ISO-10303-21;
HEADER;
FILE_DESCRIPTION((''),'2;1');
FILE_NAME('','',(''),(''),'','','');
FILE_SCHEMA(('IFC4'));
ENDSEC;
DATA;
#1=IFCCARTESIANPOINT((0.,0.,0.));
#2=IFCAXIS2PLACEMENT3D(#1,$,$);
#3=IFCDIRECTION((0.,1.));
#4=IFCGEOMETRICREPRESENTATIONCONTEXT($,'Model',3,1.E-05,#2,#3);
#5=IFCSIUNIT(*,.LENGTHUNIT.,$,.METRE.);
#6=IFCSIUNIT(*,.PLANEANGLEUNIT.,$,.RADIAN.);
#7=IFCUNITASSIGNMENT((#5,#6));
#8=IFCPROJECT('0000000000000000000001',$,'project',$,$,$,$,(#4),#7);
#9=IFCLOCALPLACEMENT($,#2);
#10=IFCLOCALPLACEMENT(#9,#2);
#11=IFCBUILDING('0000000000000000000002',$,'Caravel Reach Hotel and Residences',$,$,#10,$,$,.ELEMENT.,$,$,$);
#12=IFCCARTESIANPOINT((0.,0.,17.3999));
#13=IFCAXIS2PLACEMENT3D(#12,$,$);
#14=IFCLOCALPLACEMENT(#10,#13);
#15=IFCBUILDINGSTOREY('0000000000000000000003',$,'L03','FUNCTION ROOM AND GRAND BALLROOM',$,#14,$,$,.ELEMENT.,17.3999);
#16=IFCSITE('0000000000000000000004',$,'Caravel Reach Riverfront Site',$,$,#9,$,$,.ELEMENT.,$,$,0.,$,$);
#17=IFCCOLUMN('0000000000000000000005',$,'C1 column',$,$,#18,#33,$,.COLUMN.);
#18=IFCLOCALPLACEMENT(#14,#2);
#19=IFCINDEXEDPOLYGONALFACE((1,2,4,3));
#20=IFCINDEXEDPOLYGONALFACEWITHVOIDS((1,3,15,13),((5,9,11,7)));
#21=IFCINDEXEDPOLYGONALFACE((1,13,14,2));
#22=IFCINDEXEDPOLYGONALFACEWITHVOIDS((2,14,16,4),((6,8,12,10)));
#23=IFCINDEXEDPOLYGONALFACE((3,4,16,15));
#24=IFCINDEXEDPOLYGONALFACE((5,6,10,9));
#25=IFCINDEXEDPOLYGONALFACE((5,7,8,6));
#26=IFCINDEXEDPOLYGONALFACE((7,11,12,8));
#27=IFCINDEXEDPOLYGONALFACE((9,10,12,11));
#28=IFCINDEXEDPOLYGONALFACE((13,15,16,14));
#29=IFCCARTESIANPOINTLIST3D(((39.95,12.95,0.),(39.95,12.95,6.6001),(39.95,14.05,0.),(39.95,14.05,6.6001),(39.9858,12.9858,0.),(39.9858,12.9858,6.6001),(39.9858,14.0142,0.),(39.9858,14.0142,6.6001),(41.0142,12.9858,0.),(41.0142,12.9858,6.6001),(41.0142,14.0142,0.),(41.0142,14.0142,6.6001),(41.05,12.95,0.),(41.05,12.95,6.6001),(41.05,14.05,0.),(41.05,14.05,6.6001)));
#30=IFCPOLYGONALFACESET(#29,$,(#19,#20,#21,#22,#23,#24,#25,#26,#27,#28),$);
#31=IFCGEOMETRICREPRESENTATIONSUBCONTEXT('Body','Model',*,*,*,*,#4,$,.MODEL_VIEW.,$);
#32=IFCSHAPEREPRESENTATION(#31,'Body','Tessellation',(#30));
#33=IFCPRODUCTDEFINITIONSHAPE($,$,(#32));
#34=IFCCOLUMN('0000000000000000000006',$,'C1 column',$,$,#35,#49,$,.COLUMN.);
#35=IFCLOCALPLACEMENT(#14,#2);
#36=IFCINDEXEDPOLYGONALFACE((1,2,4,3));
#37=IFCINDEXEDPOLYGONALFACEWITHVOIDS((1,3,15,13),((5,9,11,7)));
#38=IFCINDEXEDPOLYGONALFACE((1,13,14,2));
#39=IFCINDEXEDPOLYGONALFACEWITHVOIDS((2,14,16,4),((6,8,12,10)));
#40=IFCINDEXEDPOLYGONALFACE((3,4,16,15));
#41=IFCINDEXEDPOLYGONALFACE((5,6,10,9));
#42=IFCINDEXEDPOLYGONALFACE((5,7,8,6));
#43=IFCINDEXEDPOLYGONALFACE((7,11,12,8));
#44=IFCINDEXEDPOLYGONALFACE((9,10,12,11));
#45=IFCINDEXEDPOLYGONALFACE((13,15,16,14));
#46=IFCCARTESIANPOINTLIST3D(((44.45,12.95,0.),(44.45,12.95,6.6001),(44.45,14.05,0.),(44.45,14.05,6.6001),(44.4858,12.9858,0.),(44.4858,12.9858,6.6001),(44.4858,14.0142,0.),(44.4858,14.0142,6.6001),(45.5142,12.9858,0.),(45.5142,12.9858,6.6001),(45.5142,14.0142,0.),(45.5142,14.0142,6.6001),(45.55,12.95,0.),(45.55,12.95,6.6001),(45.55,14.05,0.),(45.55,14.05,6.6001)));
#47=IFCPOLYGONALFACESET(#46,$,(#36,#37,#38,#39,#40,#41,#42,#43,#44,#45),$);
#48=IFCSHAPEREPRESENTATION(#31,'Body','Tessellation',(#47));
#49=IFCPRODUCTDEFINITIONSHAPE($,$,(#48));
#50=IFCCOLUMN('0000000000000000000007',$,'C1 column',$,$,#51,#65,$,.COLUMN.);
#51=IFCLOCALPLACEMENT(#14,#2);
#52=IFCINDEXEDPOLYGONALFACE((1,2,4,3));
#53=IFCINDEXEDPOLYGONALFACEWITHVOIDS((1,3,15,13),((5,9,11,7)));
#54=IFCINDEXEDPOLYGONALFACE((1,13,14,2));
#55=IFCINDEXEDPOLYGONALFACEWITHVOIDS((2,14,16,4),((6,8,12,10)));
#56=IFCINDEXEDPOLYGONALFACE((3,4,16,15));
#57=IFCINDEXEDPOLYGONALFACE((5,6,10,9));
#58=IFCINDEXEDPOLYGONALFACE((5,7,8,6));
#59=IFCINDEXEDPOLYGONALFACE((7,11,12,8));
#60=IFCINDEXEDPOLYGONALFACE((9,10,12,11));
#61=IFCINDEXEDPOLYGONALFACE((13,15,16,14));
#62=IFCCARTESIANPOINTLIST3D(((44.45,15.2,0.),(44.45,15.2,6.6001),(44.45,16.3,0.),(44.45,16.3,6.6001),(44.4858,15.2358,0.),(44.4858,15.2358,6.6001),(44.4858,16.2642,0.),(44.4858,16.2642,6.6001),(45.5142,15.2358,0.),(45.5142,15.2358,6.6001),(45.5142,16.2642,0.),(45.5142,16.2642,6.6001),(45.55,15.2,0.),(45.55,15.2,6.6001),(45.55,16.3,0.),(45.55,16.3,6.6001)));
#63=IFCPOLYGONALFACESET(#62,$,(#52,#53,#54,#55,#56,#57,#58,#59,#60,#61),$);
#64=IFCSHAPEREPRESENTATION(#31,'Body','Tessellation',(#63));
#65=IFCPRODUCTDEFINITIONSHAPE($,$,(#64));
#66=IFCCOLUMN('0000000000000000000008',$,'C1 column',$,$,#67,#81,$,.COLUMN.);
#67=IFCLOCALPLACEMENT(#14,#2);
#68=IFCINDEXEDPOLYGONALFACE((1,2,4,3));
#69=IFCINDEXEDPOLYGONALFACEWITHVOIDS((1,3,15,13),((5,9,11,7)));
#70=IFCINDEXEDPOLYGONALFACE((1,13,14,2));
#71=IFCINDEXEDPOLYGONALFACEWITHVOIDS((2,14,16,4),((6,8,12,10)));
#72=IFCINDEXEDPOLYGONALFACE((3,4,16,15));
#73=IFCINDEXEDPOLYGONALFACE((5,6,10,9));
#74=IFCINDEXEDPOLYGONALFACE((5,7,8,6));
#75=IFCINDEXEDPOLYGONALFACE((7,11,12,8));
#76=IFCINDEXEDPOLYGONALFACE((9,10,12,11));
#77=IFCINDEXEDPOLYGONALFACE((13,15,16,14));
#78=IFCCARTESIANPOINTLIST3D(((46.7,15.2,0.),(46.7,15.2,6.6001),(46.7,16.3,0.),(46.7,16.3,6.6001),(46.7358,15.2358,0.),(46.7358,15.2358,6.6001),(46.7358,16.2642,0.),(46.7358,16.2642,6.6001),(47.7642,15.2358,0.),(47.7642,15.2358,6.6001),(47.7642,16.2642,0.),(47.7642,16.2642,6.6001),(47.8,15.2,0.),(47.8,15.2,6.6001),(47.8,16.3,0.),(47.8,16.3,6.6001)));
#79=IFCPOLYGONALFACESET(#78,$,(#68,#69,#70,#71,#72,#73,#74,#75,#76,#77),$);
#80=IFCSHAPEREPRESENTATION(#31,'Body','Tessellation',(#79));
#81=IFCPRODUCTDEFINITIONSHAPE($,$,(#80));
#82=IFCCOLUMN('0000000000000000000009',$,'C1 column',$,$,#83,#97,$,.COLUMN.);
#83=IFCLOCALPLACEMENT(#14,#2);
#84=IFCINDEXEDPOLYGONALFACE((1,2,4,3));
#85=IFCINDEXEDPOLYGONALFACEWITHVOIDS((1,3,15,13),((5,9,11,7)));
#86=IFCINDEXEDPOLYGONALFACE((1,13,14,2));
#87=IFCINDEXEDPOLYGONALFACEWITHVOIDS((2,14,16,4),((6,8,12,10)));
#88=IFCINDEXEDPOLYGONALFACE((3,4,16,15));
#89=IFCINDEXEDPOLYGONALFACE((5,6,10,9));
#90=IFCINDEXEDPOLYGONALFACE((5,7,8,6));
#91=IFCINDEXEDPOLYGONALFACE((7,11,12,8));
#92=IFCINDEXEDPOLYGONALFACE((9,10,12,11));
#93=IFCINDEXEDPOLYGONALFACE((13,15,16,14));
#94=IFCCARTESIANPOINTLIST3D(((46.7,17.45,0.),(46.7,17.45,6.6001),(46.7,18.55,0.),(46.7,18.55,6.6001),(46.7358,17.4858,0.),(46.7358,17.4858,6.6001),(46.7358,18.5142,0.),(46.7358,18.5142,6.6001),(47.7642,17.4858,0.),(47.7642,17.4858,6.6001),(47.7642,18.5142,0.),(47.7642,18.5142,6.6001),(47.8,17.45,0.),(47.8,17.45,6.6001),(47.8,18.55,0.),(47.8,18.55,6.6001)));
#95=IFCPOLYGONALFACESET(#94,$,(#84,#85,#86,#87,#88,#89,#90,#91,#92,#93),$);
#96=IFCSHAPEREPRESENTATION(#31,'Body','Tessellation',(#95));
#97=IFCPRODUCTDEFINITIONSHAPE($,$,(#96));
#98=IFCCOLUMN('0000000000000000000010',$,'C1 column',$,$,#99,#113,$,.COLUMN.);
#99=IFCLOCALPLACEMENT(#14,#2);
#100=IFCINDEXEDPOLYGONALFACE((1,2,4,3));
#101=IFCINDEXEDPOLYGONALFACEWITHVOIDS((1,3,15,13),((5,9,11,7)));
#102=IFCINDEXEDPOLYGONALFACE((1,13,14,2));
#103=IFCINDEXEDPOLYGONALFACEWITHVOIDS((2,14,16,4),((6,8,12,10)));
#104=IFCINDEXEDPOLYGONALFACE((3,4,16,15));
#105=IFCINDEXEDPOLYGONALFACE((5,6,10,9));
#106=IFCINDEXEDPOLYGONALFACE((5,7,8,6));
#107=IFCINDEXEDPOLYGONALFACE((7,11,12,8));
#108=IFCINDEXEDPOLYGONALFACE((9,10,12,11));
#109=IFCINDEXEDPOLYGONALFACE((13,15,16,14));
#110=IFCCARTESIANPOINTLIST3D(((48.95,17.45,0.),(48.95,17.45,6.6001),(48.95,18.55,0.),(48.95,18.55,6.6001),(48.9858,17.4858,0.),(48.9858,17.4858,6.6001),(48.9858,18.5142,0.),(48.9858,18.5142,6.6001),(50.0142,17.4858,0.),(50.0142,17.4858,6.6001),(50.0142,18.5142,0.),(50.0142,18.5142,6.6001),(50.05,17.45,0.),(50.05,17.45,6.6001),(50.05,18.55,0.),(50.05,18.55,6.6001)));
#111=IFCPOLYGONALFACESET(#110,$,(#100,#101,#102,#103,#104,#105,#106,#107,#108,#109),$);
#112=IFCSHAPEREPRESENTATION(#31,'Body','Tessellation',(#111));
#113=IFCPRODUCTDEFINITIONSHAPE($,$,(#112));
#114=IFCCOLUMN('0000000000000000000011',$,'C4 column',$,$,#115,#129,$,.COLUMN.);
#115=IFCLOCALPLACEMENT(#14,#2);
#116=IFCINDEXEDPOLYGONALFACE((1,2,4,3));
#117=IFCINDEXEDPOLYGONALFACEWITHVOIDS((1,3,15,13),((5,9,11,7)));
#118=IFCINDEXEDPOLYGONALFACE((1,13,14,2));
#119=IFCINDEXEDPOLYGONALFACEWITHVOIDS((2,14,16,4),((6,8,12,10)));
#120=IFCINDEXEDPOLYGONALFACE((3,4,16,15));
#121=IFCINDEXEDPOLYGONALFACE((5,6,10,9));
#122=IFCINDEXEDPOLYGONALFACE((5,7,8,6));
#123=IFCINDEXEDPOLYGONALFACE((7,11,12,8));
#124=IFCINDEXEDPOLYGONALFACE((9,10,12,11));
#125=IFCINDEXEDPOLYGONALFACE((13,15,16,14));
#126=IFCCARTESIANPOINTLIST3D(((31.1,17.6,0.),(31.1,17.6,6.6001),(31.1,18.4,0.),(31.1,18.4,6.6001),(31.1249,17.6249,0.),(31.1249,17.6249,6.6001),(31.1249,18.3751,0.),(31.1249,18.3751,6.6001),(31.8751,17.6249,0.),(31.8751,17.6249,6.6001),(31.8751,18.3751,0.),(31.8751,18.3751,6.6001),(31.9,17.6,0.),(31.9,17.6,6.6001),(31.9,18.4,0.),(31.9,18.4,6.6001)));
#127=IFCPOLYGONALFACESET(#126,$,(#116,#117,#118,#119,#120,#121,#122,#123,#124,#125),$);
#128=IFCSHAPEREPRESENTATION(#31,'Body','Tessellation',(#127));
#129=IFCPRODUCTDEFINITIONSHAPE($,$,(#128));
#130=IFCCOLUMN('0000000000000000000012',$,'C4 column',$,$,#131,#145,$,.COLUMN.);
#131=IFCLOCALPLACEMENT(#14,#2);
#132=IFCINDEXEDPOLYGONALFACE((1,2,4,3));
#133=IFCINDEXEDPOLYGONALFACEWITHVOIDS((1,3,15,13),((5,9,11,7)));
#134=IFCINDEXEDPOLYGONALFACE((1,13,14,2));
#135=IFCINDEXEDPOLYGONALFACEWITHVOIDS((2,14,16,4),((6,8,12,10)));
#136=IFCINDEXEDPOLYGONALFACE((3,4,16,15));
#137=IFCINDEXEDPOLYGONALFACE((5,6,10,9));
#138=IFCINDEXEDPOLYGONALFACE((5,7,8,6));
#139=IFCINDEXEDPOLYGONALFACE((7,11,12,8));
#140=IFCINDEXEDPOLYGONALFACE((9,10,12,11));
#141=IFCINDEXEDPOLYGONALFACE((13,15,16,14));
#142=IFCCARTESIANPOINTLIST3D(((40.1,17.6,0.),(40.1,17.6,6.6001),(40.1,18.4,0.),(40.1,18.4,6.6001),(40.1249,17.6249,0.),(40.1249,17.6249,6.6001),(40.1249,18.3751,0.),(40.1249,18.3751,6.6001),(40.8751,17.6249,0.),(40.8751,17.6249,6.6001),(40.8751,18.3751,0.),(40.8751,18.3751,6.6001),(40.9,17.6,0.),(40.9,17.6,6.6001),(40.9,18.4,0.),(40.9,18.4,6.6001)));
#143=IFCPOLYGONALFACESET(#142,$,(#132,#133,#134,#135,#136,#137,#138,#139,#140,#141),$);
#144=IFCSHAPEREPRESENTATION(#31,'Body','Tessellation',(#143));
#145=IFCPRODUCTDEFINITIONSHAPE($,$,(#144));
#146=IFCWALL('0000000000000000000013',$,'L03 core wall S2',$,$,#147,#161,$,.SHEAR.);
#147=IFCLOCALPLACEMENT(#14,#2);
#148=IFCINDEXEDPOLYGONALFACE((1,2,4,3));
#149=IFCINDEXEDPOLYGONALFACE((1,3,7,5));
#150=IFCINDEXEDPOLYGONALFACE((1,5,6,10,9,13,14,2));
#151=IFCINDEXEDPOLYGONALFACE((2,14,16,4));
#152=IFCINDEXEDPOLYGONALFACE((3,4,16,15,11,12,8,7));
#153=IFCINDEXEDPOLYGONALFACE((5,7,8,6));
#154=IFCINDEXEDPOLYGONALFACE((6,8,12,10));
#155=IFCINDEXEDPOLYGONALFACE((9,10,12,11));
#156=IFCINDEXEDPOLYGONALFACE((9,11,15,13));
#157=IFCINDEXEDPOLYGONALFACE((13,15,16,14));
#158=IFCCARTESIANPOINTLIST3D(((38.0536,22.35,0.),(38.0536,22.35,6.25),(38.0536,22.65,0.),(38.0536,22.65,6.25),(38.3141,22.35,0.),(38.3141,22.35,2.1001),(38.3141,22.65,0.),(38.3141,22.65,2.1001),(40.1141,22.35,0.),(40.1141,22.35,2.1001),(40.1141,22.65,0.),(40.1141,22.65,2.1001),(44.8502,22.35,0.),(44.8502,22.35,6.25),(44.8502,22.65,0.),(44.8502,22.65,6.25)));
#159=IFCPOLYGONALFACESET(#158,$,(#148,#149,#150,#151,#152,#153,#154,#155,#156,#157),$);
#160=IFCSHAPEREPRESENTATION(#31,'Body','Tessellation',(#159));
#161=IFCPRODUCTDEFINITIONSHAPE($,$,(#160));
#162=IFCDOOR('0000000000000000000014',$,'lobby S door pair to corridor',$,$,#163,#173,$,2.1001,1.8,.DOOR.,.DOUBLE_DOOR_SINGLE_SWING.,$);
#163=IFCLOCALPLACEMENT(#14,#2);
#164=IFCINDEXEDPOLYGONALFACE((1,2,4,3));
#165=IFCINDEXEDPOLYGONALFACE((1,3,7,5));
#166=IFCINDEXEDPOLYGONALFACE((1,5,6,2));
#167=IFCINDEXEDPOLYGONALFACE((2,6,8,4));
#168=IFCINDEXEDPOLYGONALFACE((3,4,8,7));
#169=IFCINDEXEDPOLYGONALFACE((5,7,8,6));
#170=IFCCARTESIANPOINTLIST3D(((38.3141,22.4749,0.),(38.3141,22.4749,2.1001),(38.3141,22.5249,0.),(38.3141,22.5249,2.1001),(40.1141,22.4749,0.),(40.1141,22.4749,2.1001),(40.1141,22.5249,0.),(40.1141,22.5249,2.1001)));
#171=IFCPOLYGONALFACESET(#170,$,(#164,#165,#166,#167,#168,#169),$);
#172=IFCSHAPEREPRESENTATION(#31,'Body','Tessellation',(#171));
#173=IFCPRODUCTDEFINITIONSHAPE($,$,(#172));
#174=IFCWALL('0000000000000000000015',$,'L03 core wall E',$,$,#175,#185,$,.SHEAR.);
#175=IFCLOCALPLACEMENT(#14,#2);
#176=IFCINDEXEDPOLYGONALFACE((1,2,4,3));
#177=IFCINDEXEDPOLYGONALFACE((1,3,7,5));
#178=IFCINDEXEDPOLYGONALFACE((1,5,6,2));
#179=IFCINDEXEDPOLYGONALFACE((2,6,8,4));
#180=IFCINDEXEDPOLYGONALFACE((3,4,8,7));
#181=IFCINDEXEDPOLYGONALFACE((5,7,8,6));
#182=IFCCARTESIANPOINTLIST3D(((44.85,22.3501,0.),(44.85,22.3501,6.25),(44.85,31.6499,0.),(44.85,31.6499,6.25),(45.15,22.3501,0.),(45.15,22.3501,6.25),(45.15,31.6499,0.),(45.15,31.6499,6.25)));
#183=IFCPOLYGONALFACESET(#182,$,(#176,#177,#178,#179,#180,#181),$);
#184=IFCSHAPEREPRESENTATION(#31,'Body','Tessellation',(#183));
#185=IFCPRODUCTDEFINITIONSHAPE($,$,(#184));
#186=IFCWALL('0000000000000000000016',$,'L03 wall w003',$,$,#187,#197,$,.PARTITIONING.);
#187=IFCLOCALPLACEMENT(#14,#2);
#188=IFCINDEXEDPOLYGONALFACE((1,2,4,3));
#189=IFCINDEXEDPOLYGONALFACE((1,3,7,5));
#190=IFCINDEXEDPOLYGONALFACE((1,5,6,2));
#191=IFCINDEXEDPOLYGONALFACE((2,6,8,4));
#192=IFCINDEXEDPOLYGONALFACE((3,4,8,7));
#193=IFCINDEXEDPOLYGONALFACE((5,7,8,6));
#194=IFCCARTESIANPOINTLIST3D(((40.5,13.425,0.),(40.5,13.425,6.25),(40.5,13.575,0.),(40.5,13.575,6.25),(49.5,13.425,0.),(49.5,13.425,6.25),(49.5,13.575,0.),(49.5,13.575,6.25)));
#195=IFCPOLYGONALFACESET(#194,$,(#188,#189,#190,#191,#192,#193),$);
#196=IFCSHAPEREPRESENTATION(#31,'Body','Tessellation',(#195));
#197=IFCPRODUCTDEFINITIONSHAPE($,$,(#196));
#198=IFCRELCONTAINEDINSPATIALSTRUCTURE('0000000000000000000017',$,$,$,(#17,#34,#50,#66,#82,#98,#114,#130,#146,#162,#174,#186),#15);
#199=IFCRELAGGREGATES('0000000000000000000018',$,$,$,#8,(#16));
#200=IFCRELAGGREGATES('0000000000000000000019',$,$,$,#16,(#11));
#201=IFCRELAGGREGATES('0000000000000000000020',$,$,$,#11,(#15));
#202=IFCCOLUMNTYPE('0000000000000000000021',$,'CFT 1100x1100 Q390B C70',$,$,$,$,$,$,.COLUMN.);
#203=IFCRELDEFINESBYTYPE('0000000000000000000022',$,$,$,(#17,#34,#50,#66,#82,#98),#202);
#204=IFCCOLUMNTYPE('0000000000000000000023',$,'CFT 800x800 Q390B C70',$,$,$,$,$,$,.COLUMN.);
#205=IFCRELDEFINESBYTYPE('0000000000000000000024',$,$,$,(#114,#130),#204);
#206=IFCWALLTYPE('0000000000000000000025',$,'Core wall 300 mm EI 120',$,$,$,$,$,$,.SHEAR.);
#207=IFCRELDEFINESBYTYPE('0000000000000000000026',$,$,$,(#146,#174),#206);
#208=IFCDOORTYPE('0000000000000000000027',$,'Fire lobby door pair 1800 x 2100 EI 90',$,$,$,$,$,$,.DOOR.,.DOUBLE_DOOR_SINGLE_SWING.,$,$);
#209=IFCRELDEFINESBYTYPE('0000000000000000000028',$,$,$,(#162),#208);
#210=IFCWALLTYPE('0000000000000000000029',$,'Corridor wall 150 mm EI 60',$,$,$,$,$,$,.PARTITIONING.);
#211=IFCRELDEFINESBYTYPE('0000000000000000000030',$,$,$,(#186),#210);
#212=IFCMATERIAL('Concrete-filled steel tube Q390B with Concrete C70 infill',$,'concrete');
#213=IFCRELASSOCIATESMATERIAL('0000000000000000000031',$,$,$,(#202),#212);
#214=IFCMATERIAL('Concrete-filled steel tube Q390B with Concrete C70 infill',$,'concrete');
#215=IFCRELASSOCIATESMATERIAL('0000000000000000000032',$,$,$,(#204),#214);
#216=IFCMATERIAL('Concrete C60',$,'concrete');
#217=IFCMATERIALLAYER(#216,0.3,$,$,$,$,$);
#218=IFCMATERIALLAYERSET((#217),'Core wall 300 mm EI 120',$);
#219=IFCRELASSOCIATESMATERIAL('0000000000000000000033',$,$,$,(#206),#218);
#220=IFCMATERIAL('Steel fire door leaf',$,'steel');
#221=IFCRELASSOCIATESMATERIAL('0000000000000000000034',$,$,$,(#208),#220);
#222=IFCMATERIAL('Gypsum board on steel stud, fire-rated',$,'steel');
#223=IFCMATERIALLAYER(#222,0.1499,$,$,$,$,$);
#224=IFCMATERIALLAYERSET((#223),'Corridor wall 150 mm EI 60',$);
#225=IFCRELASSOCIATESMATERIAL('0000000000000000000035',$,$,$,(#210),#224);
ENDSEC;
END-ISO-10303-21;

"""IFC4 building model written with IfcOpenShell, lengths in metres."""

from ifc_helpers import new_model, si_unit, direction, frame, frame_2d, origin, origin_2d, place, context, subcontext, project, spatial, rectangle, hollow_rectangle, extrude, material, layer, layer_set, material_profile, profile_set, type_object, element, fill, save


model = new_model("IFC4")

# Units and contexts
model_context = context("Model", 3, precision=1e-05, world=origin(), true_north=direction((0.0, 1.0)))
body_context = subcontext(model_context, "Body", "Model", "MODEL_VIEW")
ifc_project = project(units=[si_unit("LENGTHUNIT", "METRE"), si_unit("PLANEANGLEUNIT", "RADIAN")], contexts=[model_context])

# Site, building, storey
site_placement = place(None, origin())
site = spatial("IfcSite", under=ifc_project, at=site_placement, Name="Caravel Reach Riverfront Site", CompositionType="ELEMENT", RefElevation=0.0)
building_placement = place(site_placement, origin())
building = spatial("IfcBuilding", under=site, at=building_placement, Name="Caravel Reach Hotel and Residences", CompositionType="ELEMENT")
storey_placement = place(building_placement, frame((0.0, 0.0, 17.3999)))
storey = spatial("IfcBuildingStorey", under=building, at=storey_placement, Name="L03", Description="FUNCTION ROOM AND GRAND BALLROOM", CompositionType="ELEMENT", Elevation=17.3999)

# Columns
ifc_material_1 = material(Name="Concrete-filled steel tube Q390B with Concrete C70 infill", Category="concrete")
ifc_material_profile_1 = material_profile(ifc_material_1, hollow_rectangle(XDim=1.1001, YDim=1.1001, WallThickness=0.0359, at=origin_2d()), Name="RHS 1100x1100x36")
ifc_profile_set_1 = profile_set([ifc_material_profile_1], Name="Concrete-filled steel tube Q390B with Concrete C70 infill")
column_type_1 = type_object("IfcColumnType", Name="CFT 1100x1100 Q390B C70", PredefinedType="COLUMN", material=ifc_profile_set_1)
for number, where, z_axis, x_axis, name in (
    (1, (40.5, 13.5, 0.0), (0.0, 0.0, 1.0), (1.0, 0.0, 0.0), "C1 column"),
    (2, (45.0, 13.5, 0.0), (0.0, 0.0, 1.0), (1.0, 0.0, 0.0), "C1 column"),
    (3, (45.0, 15.75, 0.0), (0.0, 0.0, 1.0), (1.0, 0.0, 0.0), "C1 column"),
    (4, (47.25, 15.75, 0.0), (0.0, 0.0, 1.0), (1.0, 0.0, 0.0), "C1 column"),
    (5, (47.25, 18.0, 0.0), (0.0, 0.0, 1.0), (1.0, 0.0, 0.0), "C1 column"),
    (6, (49.5, 18.0, 0.0), (0.0, 0.0, 1.0), (1.0, 0.0, 0.0), "C1 column"),
):
    element("IfcColumn", number, at=place(storey_placement, frame(where, z_axis=z_axis, x_axis=x_axis)), inside=storey, type_object=column_type_1, Name=name, PredefinedType="COLUMN", context=body_context, shape_type="SweptSolid", body=[
        extrude(hollow_rectangle(XDim=1.1001, YDim=1.1001, WallThickness=0.0359, at=origin_2d()), origin(), (0.0, 0.0, 1.0), 6.6001),
    ])
ifc_material_2 = material(Name="Concrete-filled steel tube Q390B with Concrete C70 infill", Category="concrete")
ifc_material_profile_2 = material_profile(ifc_material_2, hollow_rectangle(XDim=0.8, YDim=0.8, WallThickness=0.0249, at=origin_2d()), Name="RHS 800x800x25")
ifc_profile_set_2 = profile_set([ifc_material_profile_2], Name="Concrete-filled steel tube Q390B with Concrete C70 infill")
column_type_2 = type_object("IfcColumnType", Name="CFT 800x800 Q390B C70", PredefinedType="COLUMN", material=ifc_profile_set_2)
for number, where, z_axis, x_axis, name in (
    (7, (31.5, 18.0, 0.0), (0.0, 0.0, 1.0), (1.0, 0.0, 0.0), "C4 column"),
    (8, (40.5, 18.0, 0.0), (0.0, 0.0, 1.0), (1.0, 0.0, 0.0), "C4 column"),
):
    element("IfcColumn", number, at=place(storey_placement, frame(where, z_axis=z_axis, x_axis=x_axis)), inside=storey, type_object=column_type_2, Name=name, PredefinedType="COLUMN", context=body_context, shape_type="SweptSolid", body=[
        extrude(hollow_rectangle(XDim=0.8, YDim=0.8, WallThickness=0.0249, at=origin_2d()), origin(), (0.0, 0.0, 1.0), 6.6001),
    ])

# Wall, opening, door
ifc_material_3 = material(Name="Concrete C60", Category="concrete")
ifc_layer_1 = layer(ifc_material_3, 0.3)
ifc_layer_set_1 = layer_set([ifc_layer_1], Name="Core wall 300 mm EI 120")
wall_type_1 = type_object("IfcWallType", Name="Core wall 300 mm EI 120", PredefinedType="SHEAR", material=ifc_layer_set_1)
wall_1_placement = place(storey_placement, frame((38.0535, 22.5, 0.0), z_axis=(0.0, 0.0, 1.0), x_axis=(1.0, 0.0, 0.0)))
wall_1 = element("IfcWall", 9, at=wall_1_placement, inside=storey, type_object=wall_type_1, Name="L03 core wall S2", PredefinedType="SHEAR", context=body_context, shape_type="SweptSolid", body=[
    extrude(rectangle(XDim=6.7966, YDim=0.3, at=frame_2d((3.3984, 0.0))), origin(), (0.0, 0.0, 1.0), 6.25),
])
opening_1_placement = place(wall_1_placement, frame((0.2607, 0.0, 0.0)))
opening_1 = element("IfcOpeningElement", 10, at=opening_1_placement, cuts=wall_1, PredefinedType="OPENING", context=body_context, shape_type="SweptSolid", body=[
    extrude(rectangle(XDim=1.8, YDim=2.1001, at=frame_2d((0.8999, 1.05))), frame((0.0, 0.1599, 0.0), z_axis=(0.0, -1.0, 0.0), x_axis=(1.0, 0.0, 0.0)), (0.0, 0.0, 1.0), 0.3201),
])
ifc_material_4 = material(Name="Steel fire door leaf", Category="steel")
door_type_1 = type_object("IfcDoorType", Name="Fire lobby door pair 1800 x 2100 EI 90", OperationType="DOUBLE_DOOR_SINGLE_SWING", PredefinedType="DOOR", material=ifc_material_4)
door_1_placement = place(opening_1_placement, origin())
door_1 = element("IfcDoor", 11, at=door_1_placement, inside=storey, type_object=door_type_1, Name="lobby S door pair to corridor", OperationType="DOUBLE_DOOR_SINGLE_SWING", OverallHeight=2.1001, OverallWidth=1.8, PredefinedType="DOOR", context=body_context, shape_type="SweptSolid", body=[
    extrude(rectangle(XDim=1.8, YDim=2.1001, at=frame_2d((0.8999, 1.05))), frame((0.0, 0.0249, 0.0), z_axis=(0.0, -1.0, 0.0), x_axis=(1.0, 0.0, 0.0)), (0.0, 0.0, 1.0), 0.05),
])
fill(opening_1, door_1)

# Walls
wall_2_placement = place(storey_placement, frame((45.0, 22.3501, 0.0), z_axis=(0.0, 0.0, 1.0), x_axis=(0.0, 1.0, 0.0)))
element("IfcWall", 12, at=wall_2_placement, inside=storey, type_object=wall_type_1, Name="L03 core wall E", PredefinedType="SHEAR", context=body_context, shape_type="SweptSolid", body=[
    extrude(rectangle(XDim=9.2998, YDim=0.3, at=frame_2d((4.6499, 0.0))), origin(), (0.0, 0.0, 1.0), 6.25),
])
ifc_material_5 = material(Name="Gypsum board on steel stud, fire-rated", Category="steel")
ifc_layer_2 = layer(ifc_material_5, 0.1499)
ifc_layer_set_2 = layer_set([ifc_layer_2], Name="Corridor wall 150 mm EI 60")
wall_type_2 = type_object("IfcWallType", Name="Corridor wall 150 mm EI 60", PredefinedType="PARTITIONING", material=ifc_layer_set_2)
wall_3_placement = place(storey_placement, frame((40.5, 13.5, 0.0), z_axis=(0.0, 0.0, 1.0), x_axis=(1.0, 0.0, 0.0)))
element("IfcWall", 13, at=wall_3_placement, inside=storey, type_object=wall_type_2, Name="L03 wall w003", PredefinedType="PARTITIONING", context=body_context, shape_type="SweptSolid", body=[
    extrude(rectangle(XDim=9.0, YDim=0.1499, at=frame_2d((4.5, 0.0))), origin(), (0.0, 0.0, 1.0), 6.25),
])

save(model, "model.ifc")
